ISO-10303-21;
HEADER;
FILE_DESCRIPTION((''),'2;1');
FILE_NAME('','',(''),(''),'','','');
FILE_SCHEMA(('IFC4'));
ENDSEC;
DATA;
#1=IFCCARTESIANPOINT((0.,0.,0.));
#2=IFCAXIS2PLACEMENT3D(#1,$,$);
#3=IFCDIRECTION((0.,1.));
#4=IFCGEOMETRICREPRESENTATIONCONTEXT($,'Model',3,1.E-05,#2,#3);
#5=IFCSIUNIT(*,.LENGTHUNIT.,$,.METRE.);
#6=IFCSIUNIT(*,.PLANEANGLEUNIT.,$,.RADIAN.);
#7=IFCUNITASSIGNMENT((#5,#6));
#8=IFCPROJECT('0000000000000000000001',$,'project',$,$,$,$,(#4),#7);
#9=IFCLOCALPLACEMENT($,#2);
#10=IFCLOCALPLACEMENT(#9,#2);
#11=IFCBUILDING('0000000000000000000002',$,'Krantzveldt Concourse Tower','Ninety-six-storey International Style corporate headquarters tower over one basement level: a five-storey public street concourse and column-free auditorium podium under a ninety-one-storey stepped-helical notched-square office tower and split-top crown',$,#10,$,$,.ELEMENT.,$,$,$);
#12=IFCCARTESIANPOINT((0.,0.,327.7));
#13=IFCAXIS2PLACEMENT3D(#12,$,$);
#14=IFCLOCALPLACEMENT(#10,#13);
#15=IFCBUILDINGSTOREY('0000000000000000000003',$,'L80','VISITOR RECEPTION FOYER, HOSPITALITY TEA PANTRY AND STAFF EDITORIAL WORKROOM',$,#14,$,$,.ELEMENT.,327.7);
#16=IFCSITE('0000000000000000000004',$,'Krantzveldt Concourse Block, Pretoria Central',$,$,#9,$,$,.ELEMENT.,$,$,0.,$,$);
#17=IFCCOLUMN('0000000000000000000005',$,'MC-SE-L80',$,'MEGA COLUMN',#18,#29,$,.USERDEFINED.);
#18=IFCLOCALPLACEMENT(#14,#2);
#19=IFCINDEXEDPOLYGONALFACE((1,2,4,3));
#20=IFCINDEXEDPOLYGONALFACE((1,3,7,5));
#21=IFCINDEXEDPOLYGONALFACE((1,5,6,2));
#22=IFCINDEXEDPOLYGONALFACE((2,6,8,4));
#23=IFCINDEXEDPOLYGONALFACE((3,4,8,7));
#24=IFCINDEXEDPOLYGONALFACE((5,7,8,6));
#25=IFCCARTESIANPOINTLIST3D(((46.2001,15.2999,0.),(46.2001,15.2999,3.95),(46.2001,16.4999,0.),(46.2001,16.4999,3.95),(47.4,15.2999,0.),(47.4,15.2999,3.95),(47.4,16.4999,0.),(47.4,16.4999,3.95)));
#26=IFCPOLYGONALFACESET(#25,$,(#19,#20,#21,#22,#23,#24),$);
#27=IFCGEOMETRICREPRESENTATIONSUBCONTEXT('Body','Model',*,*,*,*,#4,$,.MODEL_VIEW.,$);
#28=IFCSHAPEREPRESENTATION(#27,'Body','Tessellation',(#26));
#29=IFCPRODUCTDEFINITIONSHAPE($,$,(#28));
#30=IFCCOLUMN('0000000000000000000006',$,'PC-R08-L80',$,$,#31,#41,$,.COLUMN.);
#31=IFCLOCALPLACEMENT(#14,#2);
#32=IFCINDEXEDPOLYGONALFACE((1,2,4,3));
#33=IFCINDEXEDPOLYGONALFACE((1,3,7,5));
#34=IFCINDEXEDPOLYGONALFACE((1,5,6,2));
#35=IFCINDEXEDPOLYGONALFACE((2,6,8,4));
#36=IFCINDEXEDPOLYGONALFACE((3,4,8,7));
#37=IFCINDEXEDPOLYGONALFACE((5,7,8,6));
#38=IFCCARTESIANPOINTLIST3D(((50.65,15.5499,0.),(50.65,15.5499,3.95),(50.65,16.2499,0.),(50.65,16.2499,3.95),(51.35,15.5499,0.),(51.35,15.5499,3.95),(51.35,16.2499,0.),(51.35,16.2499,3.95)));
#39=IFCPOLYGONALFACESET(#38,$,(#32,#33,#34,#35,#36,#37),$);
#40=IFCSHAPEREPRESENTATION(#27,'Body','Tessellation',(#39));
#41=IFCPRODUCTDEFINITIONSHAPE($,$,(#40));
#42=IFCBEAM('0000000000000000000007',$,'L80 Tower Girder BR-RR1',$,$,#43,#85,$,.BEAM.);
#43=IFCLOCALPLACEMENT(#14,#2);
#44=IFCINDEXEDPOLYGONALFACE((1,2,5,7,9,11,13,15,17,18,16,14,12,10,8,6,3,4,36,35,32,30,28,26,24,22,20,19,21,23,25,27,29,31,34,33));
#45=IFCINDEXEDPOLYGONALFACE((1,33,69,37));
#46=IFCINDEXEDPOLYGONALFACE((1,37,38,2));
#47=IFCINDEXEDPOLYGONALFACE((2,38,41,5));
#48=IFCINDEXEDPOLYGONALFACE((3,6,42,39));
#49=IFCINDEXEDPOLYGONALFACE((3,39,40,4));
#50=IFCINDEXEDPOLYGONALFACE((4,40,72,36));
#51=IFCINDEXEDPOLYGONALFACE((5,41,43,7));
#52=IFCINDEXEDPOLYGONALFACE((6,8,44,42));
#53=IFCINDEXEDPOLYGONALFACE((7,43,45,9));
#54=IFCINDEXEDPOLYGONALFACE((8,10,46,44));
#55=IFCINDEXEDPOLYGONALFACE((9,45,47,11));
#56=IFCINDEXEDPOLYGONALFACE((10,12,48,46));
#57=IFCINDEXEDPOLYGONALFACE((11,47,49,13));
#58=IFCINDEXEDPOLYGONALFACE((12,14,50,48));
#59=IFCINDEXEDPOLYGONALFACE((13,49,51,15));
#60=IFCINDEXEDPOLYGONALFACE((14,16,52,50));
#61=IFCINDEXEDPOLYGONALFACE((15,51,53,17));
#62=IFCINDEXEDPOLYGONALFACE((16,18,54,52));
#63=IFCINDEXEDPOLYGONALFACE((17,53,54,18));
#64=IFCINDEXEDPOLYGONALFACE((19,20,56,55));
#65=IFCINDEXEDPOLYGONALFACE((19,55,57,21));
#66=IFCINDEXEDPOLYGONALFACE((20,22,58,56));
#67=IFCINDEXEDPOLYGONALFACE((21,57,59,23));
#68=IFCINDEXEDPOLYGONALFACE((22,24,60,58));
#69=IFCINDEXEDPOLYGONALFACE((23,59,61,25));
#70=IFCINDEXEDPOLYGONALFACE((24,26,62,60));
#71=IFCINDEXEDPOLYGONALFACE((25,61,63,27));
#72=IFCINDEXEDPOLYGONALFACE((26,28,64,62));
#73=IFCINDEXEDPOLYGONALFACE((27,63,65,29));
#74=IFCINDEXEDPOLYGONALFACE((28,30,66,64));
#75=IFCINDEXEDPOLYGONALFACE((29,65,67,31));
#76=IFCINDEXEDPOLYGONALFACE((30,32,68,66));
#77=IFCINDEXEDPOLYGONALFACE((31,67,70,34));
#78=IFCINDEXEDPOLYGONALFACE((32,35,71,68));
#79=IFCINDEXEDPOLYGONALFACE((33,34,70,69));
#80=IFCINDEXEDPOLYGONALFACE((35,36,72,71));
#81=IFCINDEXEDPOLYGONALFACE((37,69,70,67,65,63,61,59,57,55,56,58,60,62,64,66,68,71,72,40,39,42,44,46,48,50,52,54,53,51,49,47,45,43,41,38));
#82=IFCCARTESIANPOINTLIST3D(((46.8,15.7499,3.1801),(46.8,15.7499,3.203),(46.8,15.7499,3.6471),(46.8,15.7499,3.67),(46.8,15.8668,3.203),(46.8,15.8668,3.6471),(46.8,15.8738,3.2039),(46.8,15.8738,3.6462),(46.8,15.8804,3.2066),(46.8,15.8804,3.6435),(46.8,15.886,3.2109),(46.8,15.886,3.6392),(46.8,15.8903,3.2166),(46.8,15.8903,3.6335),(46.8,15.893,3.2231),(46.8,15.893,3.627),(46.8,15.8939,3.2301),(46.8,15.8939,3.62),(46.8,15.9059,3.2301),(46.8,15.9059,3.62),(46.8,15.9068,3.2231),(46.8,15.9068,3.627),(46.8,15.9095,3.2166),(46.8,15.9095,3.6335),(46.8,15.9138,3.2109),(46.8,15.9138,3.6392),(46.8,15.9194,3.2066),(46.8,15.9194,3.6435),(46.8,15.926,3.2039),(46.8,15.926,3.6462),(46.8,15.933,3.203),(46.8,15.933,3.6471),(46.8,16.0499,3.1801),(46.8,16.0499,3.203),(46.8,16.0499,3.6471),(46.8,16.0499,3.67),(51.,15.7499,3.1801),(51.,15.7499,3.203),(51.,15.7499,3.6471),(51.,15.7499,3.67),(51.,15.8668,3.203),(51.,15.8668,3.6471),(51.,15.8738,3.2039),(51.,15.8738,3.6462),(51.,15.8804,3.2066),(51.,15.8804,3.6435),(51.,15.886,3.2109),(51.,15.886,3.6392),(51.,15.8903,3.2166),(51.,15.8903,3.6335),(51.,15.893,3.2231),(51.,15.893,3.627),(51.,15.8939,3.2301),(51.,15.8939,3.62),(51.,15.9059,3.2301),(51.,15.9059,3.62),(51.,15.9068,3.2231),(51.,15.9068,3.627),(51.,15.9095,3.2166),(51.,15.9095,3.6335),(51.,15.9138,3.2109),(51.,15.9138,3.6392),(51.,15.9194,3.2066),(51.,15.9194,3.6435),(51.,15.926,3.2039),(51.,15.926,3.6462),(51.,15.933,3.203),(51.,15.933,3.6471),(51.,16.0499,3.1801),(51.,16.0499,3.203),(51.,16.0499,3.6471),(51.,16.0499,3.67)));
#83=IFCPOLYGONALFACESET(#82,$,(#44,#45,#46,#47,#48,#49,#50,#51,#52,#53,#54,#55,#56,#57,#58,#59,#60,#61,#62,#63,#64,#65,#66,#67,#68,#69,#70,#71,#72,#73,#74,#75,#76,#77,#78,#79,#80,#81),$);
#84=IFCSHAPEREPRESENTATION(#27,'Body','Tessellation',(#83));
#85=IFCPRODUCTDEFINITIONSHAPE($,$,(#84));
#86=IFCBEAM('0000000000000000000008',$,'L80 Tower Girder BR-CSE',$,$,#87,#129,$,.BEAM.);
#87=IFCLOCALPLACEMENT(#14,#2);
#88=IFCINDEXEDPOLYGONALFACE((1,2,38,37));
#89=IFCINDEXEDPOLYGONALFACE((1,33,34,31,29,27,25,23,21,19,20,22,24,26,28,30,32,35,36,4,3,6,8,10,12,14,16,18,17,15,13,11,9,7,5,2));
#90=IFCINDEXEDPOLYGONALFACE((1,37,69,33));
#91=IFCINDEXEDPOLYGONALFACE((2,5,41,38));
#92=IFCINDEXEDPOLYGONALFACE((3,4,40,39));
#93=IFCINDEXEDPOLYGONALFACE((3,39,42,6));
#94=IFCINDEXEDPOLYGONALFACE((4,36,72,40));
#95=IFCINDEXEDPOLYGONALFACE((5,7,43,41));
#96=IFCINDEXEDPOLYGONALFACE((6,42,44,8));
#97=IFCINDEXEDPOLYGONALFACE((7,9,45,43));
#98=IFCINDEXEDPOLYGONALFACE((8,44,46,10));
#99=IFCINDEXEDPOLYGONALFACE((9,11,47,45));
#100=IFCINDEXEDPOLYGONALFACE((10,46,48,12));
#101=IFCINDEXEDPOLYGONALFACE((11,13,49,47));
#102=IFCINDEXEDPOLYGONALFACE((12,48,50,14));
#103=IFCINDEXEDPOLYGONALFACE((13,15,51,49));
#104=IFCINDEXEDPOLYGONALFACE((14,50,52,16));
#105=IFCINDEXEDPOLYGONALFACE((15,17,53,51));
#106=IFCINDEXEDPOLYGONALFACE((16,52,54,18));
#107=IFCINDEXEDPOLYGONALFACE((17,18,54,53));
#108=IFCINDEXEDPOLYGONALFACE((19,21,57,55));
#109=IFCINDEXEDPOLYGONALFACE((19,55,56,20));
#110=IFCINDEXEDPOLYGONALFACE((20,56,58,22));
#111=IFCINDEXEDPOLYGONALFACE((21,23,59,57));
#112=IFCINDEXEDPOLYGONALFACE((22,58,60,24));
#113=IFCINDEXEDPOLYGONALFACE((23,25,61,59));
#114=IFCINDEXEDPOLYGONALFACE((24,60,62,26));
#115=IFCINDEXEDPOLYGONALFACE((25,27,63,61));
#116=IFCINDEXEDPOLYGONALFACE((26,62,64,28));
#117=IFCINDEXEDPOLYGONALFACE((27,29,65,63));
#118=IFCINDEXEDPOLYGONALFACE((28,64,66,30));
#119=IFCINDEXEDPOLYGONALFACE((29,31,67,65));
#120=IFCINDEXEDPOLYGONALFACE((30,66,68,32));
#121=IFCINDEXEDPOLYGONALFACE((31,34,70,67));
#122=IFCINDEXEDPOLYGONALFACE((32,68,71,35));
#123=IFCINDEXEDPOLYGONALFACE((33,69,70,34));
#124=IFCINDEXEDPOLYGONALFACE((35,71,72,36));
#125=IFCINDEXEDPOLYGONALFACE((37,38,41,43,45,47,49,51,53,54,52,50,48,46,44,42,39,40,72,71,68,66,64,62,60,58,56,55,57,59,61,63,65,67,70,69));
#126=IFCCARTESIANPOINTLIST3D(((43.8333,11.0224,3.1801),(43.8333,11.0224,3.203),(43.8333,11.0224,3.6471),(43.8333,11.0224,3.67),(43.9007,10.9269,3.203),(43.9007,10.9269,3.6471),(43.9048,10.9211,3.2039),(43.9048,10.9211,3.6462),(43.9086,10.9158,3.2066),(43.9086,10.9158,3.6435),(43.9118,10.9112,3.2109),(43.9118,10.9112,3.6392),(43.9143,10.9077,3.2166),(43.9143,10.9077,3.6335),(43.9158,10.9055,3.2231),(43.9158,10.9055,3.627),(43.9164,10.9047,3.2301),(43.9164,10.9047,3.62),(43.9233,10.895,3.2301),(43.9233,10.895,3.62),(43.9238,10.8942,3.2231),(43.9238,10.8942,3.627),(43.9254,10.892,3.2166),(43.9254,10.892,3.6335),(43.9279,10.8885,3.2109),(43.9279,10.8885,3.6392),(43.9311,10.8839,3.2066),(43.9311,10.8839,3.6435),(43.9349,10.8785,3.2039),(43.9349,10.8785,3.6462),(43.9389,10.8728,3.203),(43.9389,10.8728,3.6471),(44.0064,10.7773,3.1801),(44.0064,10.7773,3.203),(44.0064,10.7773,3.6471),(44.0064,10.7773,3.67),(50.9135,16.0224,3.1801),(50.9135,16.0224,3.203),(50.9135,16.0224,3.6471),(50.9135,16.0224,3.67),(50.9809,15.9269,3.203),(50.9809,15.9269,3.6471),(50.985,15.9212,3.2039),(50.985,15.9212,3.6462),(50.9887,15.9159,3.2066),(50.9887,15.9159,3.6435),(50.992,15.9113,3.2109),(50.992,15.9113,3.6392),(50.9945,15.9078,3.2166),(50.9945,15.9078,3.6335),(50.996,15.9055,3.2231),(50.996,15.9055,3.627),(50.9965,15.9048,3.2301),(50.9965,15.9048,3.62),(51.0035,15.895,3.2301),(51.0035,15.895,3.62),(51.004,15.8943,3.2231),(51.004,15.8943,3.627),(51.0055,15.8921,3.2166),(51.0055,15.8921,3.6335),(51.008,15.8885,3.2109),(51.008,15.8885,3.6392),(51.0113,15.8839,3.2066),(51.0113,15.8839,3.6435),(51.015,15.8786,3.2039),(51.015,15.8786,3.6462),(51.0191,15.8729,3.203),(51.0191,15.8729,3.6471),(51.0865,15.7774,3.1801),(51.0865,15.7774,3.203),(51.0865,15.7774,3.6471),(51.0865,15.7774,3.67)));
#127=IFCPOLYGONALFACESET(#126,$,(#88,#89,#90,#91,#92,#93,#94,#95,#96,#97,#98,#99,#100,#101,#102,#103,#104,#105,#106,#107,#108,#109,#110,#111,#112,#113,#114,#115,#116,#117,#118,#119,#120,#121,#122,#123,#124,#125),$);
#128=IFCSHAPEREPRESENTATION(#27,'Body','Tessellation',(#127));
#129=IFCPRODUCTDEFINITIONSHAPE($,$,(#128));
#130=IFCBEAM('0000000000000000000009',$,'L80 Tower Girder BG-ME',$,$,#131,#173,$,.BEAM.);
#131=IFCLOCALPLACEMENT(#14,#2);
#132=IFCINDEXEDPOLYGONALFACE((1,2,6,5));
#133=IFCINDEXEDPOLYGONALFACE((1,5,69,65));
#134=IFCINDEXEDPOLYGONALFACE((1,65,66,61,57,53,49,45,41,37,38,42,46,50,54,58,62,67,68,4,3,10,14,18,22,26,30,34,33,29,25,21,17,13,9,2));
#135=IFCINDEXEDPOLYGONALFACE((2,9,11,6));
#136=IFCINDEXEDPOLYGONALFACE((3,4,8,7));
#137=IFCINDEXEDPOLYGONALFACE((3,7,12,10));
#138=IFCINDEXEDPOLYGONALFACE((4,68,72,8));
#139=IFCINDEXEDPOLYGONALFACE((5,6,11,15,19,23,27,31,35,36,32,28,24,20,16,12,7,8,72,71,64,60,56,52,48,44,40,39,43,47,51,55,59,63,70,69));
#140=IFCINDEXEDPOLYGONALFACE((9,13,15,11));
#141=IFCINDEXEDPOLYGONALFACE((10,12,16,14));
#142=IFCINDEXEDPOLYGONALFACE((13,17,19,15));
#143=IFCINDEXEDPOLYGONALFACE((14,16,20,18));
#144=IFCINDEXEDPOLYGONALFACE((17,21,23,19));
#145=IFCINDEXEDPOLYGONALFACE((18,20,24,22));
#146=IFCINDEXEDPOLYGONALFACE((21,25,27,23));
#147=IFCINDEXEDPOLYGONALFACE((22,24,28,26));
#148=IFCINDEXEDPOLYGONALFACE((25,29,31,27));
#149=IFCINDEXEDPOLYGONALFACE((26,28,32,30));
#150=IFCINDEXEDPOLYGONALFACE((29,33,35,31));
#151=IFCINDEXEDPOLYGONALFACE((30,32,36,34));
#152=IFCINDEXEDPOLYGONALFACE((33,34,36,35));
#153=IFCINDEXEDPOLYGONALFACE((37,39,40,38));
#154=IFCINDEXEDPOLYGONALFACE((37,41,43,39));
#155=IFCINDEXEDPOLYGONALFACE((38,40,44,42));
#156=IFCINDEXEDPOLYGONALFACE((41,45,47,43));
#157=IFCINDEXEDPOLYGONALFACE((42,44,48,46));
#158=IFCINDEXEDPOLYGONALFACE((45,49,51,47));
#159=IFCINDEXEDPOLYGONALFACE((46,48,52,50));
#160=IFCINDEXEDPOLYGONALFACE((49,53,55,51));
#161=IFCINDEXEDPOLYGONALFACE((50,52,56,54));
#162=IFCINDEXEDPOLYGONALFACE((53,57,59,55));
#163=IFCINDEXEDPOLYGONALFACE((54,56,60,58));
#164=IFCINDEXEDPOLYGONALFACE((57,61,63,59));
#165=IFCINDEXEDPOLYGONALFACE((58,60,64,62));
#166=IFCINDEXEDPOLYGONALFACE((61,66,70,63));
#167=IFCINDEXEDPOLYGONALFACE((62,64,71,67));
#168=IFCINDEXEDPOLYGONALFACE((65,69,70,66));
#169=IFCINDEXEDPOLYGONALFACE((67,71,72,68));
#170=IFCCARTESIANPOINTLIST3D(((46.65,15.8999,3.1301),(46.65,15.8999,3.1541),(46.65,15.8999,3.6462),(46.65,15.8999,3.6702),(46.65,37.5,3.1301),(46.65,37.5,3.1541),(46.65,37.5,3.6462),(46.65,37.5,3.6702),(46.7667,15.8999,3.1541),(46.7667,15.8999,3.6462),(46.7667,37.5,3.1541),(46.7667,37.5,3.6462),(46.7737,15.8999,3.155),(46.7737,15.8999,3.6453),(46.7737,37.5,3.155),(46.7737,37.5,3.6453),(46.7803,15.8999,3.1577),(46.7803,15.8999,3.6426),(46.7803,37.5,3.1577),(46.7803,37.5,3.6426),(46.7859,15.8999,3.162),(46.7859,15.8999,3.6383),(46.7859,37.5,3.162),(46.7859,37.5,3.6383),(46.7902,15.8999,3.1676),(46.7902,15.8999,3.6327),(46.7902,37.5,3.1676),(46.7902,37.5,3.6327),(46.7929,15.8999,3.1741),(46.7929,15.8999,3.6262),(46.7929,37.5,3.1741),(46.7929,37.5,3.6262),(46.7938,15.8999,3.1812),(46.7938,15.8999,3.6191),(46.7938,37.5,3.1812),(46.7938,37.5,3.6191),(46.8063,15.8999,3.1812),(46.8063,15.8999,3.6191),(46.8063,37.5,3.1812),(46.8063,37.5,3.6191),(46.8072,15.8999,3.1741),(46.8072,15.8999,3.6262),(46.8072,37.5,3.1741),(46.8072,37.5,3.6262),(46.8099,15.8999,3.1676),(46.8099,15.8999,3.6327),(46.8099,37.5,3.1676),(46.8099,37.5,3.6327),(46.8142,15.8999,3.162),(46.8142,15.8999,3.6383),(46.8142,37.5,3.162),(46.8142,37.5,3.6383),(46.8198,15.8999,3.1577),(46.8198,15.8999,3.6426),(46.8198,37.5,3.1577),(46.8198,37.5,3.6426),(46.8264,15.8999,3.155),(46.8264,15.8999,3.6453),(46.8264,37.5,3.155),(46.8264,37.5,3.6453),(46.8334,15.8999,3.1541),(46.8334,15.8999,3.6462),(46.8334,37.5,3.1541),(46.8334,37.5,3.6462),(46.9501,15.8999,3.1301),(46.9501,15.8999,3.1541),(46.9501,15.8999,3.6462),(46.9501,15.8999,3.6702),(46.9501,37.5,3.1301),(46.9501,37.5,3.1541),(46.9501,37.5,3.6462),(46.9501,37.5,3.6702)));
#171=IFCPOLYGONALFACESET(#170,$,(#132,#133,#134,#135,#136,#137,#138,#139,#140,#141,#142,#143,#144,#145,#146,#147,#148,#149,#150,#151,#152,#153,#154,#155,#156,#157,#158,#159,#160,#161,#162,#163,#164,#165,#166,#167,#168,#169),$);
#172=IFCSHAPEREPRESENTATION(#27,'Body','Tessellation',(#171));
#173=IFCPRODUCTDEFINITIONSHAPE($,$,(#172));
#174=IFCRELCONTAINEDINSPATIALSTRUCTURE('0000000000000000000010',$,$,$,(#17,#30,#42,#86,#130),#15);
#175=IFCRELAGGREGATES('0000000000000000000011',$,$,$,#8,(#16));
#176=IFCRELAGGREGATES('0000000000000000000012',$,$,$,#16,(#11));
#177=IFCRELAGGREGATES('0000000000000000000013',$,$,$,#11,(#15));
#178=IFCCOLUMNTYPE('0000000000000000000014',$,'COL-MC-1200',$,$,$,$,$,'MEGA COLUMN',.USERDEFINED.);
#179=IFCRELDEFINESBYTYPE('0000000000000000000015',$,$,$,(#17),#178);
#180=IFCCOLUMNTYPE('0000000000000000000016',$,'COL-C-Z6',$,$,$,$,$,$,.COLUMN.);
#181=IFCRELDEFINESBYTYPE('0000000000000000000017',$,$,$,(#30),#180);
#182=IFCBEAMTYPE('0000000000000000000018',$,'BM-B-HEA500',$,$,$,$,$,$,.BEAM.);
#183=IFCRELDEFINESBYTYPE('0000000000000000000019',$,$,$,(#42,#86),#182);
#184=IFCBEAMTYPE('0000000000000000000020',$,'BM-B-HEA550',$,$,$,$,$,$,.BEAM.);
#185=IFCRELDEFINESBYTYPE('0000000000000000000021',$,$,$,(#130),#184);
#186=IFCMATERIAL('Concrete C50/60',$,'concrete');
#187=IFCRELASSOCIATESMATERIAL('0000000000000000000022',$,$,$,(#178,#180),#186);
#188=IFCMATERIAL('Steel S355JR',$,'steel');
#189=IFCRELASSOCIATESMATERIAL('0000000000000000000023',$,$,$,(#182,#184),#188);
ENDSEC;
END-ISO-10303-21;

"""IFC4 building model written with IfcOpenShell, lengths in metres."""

from ifc_helpers import new_model, si_unit, direction, frame, origin, origin_2d, place, context, subcontext, project, spatial, rectangle, i_section, extrude, source, transform, mapped, material, material_profile, profile_set, type_object, type_shapes, element, save


model = new_model("IFC4")

# Units and contexts
model_context = context("Model", 3, precision=1e-05, world=origin(), true_north=direction((0.0, 1.0)))
body_context = subcontext(model_context, "Body", "Model", "MODEL_VIEW")
ifc_project = project(units=[si_unit("LENGTHUNIT", "METRE"), si_unit("PLANEANGLEUNIT", "RADIAN")], contexts=[model_context])

# Site, building, storey
site_placement = place(None, origin())
site = spatial("IfcSite", under=ifc_project, at=site_placement, Name="Krantzveldt Concourse Block, Pretoria Central", CompositionType="ELEMENT", RefElevation=0.0)
building_placement = place(site_placement, origin())
building = spatial("IfcBuilding", under=site, at=building_placement, Name="Krantzveldt Concourse Tower", Description="Ninety-six-storey International Style corporate headquarters tower over one basement level: a five-storey public street concourse and column-free auditorium podium under a ninety-one-storey stepped-helical notched-square office tower and split-top crown", CompositionType="ELEMENT")
storey_placement = place(building_placement, frame((0.0, 0.0, 327.7)))
storey = spatial("IfcBuildingStorey", under=building, at=storey_placement, Name="L80", Description="VISITOR RECEPTION FOYER, HOSPITALITY TEA PANTRY AND STAFF EDITORIAL WORKROOM", CompositionType="ELEMENT", Elevation=327.7)

# Columns
ifc_material_1 = material(Name="Concrete C50/60", Category="concrete")
ifc_material_profile_1 = material_profile(ifc_material_1, rectangle(XDim=1.2, YDim=1.2, at=origin_2d()), Name="Concrete C50/60", Category="concrete")
ifc_profile_set_1 = profile_set([ifc_material_profile_1], Name="Concrete C50/60 - RC 1200x1200")
column_type_1 = type_object("IfcColumnType", Name="COL-MC-1200", ElementType="MEGA COLUMN", PredefinedType="USERDEFINED", material=ifc_profile_set_1)
shared_shape_1 = source(origin(), body_context, "Body", "SweptSolid", [
    extrude(rectangle(XDim=1.2, YDim=1.2, at=origin_2d()), origin(), (0.0, 0.0, 1.0), 3.95),
])
type_shapes(column_type_1, [shared_shape_1])
column_1_placement = place(storey_placement, frame((46.8, 15.8999, 0.0), z_axis=(0.0, 0.0, 1.0), x_axis=(1.0, 0.0, 0.0)))
element("IfcColumn", 1, at=column_1_placement, inside=storey, type_object=column_type_1, Name="MC-SE-L80", ObjectType="MEGA COLUMN", PredefinedType="USERDEFINED", context=body_context, shape_type="MappedRepresentation", body=[
    mapped(shared_shape_1, transform((0.0, 0.0, 0.0), x_axis=(1.0, 0.0, 0.0), y_axis=(0.0, 1.0, 0.0), z_axis=(0.0, 0.0, 1.0), scale=1.0)),
])
ifc_material_profile_2 = material_profile(ifc_material_1, rectangle(XDim=0.7, YDim=0.7, at=origin_2d()), Name="Concrete C50/60", Category="concrete")
ifc_profile_set_2 = profile_set([ifc_material_profile_2], Name="Concrete C50/60 - RC 700x700")
column_type_2 = type_object("IfcColumnType", Name="COL-C-Z6", PredefinedType="COLUMN", material=ifc_profile_set_2)
shared_shape_2 = source(origin(), body_context, "Body", "SweptSolid", [
    extrude(rectangle(XDim=0.7, YDim=0.7, at=origin_2d()), origin(), (0.0, 0.0, 1.0), 3.95),
])
type_shapes(column_type_2, [shared_shape_2])
column_2_placement = place(storey_placement, frame((51.0, 15.8999, 0.0), z_axis=(0.0, 0.0, 1.0), x_axis=(1.0, 0.0, 0.0)))
element("IfcColumn", 2, at=column_2_placement, inside=storey, type_object=column_type_2, Name="PC-R08-L80", PredefinedType="COLUMN", context=body_context, shape_type="MappedRepresentation", body=[
    mapped(shared_shape_2, transform((0.0, 0.0, 0.0), x_axis=(1.0, 0.0, 0.0), y_axis=(0.0, 1.0, 0.0), z_axis=(0.0, 0.0, 1.0), scale=1.0)),
])

# Beams
ifc_material_2 = material(Name="Steel S355JR", Category="steel")
ifc_material_profile_3 = material_profile(ifc_material_2, i_section(OverallWidth=0.3, OverallDepth=0.49, WebThickness=0.012, FlangeThickness=0.0229, FilletRadius=0.0271, at=origin_2d()), Name="Steel S355JR", Category="steel")
ifc_profile_set_3 = profile_set([ifc_material_profile_3], Name="Steel S355JR - HEA 500")
beam_type_1 = type_object("IfcBeamType", Name="BM-B-HEA500", PredefinedType="BEAM", material=ifc_profile_set_3)
shared_shape_3 = source(origin(), body_context, "Body", "SweptSolid", [
    extrude(i_section(OverallWidth=0.3, OverallDepth=0.49, WebThickness=0.012, FlangeThickness=0.0229, FilletRadius=0.0271, at=origin_2d()), origin(), (0.0, 0.0, 1.0), 4.2),
])
beam_1_placement = place(storey_placement, frame((46.8, 15.8999, 3.425), z_axis=(1.0, 0.0, 0.0), x_axis=(0.0, 1.0, 0.0)))
element("IfcBeam", 3, at=beam_1_placement, inside=storey, type_object=beam_type_1, Name="L80 Tower Girder BR-RR1", PredefinedType="BEAM", context=body_context, shape_type="MappedRepresentation", body=[
    mapped(shared_shape_3, transform((0.0, 0.0, 0.0), x_axis=(1.0, 0.0, 0.0), y_axis=(0.0, 1.0, 0.0), z_axis=(0.0, 0.0, 1.0), scale=1.0)),
])
shared_shape_4 = source(origin(), body_context, "Body", "SweptSolid", [
    extrude(i_section(OverallWidth=0.3, OverallDepth=0.49, WebThickness=0.012, FlangeThickness=0.0229, FilletRadius=0.0271, at=origin_2d()), origin(), (0.0, 0.0, 1.0), 8.6677),
])
type_shapes(beam_type_1, [shared_shape_3, shared_shape_4])
beam_2_placement = place(storey_placement, frame((51.0, 15.8999, 3.425), z_axis=(-0.816843, -0.57686, 0.0), x_axis=(0.57686, -0.816843, 0.0)))
element("IfcBeam", 4, at=beam_2_placement, inside=storey, type_object=beam_type_1, Name="L80 Tower Girder BR-CSE", PredefinedType="BEAM", context=body_context, shape_type="MappedRepresentation", body=[
    mapped(shared_shape_4, transform((0.0, 0.0, 0.0), x_axis=(1.0, 0.0, 0.0), y_axis=(0.0, 1.0, 0.0), z_axis=(0.0, 0.0, 1.0), scale=1.0)),
])
ifc_material_profile_4 = material_profile(ifc_material_2, i_section(OverallWidth=0.3, OverallDepth=0.54, WebThickness=0.0125, FlangeThickness=0.0239, FilletRadius=0.0271, at=origin_2d()), Name="Steel S355JR", Category="steel")
ifc_profile_set_4 = profile_set([ifc_material_profile_4], Name="Steel S355JR - HEA 550")
beam_type_2 = type_object("IfcBeamType", Name="BM-B-HEA550", PredefinedType="BEAM", material=ifc_profile_set_4)
shared_shape_5 = source(origin(), body_context, "Body", "SweptSolid", [
    extrude(i_section(OverallWidth=0.3, OverallDepth=0.54, WebThickness=0.0125, FlangeThickness=0.0239, FilletRadius=0.0271, at=origin_2d()), origin(), (0.0, 0.0, 1.0), 21.6001),
])
beam_3_placement = place(storey_placement, frame((46.8, 15.8999, 3.4001), z_axis=(0.0, 1.0, 0.0), x_axis=(-1.0, 0.0, 0.0)))
element("IfcBeam", 5, at=beam_3_placement, inside=storey, type_object=beam_type_2, Name="L80 Tower Girder BG-ME", PredefinedType="BEAM", context=body_context, shape_type="MappedRepresentation", body=[
    mapped(shared_shape_5, transform((0.0, 0.0, 0.0), x_axis=(1.0, 0.0, 0.0), y_axis=(0.0, 1.0, 0.0), z_axis=(0.0, 0.0, 1.0), scale=1.0)),
])

save(model, "model.ifc")
